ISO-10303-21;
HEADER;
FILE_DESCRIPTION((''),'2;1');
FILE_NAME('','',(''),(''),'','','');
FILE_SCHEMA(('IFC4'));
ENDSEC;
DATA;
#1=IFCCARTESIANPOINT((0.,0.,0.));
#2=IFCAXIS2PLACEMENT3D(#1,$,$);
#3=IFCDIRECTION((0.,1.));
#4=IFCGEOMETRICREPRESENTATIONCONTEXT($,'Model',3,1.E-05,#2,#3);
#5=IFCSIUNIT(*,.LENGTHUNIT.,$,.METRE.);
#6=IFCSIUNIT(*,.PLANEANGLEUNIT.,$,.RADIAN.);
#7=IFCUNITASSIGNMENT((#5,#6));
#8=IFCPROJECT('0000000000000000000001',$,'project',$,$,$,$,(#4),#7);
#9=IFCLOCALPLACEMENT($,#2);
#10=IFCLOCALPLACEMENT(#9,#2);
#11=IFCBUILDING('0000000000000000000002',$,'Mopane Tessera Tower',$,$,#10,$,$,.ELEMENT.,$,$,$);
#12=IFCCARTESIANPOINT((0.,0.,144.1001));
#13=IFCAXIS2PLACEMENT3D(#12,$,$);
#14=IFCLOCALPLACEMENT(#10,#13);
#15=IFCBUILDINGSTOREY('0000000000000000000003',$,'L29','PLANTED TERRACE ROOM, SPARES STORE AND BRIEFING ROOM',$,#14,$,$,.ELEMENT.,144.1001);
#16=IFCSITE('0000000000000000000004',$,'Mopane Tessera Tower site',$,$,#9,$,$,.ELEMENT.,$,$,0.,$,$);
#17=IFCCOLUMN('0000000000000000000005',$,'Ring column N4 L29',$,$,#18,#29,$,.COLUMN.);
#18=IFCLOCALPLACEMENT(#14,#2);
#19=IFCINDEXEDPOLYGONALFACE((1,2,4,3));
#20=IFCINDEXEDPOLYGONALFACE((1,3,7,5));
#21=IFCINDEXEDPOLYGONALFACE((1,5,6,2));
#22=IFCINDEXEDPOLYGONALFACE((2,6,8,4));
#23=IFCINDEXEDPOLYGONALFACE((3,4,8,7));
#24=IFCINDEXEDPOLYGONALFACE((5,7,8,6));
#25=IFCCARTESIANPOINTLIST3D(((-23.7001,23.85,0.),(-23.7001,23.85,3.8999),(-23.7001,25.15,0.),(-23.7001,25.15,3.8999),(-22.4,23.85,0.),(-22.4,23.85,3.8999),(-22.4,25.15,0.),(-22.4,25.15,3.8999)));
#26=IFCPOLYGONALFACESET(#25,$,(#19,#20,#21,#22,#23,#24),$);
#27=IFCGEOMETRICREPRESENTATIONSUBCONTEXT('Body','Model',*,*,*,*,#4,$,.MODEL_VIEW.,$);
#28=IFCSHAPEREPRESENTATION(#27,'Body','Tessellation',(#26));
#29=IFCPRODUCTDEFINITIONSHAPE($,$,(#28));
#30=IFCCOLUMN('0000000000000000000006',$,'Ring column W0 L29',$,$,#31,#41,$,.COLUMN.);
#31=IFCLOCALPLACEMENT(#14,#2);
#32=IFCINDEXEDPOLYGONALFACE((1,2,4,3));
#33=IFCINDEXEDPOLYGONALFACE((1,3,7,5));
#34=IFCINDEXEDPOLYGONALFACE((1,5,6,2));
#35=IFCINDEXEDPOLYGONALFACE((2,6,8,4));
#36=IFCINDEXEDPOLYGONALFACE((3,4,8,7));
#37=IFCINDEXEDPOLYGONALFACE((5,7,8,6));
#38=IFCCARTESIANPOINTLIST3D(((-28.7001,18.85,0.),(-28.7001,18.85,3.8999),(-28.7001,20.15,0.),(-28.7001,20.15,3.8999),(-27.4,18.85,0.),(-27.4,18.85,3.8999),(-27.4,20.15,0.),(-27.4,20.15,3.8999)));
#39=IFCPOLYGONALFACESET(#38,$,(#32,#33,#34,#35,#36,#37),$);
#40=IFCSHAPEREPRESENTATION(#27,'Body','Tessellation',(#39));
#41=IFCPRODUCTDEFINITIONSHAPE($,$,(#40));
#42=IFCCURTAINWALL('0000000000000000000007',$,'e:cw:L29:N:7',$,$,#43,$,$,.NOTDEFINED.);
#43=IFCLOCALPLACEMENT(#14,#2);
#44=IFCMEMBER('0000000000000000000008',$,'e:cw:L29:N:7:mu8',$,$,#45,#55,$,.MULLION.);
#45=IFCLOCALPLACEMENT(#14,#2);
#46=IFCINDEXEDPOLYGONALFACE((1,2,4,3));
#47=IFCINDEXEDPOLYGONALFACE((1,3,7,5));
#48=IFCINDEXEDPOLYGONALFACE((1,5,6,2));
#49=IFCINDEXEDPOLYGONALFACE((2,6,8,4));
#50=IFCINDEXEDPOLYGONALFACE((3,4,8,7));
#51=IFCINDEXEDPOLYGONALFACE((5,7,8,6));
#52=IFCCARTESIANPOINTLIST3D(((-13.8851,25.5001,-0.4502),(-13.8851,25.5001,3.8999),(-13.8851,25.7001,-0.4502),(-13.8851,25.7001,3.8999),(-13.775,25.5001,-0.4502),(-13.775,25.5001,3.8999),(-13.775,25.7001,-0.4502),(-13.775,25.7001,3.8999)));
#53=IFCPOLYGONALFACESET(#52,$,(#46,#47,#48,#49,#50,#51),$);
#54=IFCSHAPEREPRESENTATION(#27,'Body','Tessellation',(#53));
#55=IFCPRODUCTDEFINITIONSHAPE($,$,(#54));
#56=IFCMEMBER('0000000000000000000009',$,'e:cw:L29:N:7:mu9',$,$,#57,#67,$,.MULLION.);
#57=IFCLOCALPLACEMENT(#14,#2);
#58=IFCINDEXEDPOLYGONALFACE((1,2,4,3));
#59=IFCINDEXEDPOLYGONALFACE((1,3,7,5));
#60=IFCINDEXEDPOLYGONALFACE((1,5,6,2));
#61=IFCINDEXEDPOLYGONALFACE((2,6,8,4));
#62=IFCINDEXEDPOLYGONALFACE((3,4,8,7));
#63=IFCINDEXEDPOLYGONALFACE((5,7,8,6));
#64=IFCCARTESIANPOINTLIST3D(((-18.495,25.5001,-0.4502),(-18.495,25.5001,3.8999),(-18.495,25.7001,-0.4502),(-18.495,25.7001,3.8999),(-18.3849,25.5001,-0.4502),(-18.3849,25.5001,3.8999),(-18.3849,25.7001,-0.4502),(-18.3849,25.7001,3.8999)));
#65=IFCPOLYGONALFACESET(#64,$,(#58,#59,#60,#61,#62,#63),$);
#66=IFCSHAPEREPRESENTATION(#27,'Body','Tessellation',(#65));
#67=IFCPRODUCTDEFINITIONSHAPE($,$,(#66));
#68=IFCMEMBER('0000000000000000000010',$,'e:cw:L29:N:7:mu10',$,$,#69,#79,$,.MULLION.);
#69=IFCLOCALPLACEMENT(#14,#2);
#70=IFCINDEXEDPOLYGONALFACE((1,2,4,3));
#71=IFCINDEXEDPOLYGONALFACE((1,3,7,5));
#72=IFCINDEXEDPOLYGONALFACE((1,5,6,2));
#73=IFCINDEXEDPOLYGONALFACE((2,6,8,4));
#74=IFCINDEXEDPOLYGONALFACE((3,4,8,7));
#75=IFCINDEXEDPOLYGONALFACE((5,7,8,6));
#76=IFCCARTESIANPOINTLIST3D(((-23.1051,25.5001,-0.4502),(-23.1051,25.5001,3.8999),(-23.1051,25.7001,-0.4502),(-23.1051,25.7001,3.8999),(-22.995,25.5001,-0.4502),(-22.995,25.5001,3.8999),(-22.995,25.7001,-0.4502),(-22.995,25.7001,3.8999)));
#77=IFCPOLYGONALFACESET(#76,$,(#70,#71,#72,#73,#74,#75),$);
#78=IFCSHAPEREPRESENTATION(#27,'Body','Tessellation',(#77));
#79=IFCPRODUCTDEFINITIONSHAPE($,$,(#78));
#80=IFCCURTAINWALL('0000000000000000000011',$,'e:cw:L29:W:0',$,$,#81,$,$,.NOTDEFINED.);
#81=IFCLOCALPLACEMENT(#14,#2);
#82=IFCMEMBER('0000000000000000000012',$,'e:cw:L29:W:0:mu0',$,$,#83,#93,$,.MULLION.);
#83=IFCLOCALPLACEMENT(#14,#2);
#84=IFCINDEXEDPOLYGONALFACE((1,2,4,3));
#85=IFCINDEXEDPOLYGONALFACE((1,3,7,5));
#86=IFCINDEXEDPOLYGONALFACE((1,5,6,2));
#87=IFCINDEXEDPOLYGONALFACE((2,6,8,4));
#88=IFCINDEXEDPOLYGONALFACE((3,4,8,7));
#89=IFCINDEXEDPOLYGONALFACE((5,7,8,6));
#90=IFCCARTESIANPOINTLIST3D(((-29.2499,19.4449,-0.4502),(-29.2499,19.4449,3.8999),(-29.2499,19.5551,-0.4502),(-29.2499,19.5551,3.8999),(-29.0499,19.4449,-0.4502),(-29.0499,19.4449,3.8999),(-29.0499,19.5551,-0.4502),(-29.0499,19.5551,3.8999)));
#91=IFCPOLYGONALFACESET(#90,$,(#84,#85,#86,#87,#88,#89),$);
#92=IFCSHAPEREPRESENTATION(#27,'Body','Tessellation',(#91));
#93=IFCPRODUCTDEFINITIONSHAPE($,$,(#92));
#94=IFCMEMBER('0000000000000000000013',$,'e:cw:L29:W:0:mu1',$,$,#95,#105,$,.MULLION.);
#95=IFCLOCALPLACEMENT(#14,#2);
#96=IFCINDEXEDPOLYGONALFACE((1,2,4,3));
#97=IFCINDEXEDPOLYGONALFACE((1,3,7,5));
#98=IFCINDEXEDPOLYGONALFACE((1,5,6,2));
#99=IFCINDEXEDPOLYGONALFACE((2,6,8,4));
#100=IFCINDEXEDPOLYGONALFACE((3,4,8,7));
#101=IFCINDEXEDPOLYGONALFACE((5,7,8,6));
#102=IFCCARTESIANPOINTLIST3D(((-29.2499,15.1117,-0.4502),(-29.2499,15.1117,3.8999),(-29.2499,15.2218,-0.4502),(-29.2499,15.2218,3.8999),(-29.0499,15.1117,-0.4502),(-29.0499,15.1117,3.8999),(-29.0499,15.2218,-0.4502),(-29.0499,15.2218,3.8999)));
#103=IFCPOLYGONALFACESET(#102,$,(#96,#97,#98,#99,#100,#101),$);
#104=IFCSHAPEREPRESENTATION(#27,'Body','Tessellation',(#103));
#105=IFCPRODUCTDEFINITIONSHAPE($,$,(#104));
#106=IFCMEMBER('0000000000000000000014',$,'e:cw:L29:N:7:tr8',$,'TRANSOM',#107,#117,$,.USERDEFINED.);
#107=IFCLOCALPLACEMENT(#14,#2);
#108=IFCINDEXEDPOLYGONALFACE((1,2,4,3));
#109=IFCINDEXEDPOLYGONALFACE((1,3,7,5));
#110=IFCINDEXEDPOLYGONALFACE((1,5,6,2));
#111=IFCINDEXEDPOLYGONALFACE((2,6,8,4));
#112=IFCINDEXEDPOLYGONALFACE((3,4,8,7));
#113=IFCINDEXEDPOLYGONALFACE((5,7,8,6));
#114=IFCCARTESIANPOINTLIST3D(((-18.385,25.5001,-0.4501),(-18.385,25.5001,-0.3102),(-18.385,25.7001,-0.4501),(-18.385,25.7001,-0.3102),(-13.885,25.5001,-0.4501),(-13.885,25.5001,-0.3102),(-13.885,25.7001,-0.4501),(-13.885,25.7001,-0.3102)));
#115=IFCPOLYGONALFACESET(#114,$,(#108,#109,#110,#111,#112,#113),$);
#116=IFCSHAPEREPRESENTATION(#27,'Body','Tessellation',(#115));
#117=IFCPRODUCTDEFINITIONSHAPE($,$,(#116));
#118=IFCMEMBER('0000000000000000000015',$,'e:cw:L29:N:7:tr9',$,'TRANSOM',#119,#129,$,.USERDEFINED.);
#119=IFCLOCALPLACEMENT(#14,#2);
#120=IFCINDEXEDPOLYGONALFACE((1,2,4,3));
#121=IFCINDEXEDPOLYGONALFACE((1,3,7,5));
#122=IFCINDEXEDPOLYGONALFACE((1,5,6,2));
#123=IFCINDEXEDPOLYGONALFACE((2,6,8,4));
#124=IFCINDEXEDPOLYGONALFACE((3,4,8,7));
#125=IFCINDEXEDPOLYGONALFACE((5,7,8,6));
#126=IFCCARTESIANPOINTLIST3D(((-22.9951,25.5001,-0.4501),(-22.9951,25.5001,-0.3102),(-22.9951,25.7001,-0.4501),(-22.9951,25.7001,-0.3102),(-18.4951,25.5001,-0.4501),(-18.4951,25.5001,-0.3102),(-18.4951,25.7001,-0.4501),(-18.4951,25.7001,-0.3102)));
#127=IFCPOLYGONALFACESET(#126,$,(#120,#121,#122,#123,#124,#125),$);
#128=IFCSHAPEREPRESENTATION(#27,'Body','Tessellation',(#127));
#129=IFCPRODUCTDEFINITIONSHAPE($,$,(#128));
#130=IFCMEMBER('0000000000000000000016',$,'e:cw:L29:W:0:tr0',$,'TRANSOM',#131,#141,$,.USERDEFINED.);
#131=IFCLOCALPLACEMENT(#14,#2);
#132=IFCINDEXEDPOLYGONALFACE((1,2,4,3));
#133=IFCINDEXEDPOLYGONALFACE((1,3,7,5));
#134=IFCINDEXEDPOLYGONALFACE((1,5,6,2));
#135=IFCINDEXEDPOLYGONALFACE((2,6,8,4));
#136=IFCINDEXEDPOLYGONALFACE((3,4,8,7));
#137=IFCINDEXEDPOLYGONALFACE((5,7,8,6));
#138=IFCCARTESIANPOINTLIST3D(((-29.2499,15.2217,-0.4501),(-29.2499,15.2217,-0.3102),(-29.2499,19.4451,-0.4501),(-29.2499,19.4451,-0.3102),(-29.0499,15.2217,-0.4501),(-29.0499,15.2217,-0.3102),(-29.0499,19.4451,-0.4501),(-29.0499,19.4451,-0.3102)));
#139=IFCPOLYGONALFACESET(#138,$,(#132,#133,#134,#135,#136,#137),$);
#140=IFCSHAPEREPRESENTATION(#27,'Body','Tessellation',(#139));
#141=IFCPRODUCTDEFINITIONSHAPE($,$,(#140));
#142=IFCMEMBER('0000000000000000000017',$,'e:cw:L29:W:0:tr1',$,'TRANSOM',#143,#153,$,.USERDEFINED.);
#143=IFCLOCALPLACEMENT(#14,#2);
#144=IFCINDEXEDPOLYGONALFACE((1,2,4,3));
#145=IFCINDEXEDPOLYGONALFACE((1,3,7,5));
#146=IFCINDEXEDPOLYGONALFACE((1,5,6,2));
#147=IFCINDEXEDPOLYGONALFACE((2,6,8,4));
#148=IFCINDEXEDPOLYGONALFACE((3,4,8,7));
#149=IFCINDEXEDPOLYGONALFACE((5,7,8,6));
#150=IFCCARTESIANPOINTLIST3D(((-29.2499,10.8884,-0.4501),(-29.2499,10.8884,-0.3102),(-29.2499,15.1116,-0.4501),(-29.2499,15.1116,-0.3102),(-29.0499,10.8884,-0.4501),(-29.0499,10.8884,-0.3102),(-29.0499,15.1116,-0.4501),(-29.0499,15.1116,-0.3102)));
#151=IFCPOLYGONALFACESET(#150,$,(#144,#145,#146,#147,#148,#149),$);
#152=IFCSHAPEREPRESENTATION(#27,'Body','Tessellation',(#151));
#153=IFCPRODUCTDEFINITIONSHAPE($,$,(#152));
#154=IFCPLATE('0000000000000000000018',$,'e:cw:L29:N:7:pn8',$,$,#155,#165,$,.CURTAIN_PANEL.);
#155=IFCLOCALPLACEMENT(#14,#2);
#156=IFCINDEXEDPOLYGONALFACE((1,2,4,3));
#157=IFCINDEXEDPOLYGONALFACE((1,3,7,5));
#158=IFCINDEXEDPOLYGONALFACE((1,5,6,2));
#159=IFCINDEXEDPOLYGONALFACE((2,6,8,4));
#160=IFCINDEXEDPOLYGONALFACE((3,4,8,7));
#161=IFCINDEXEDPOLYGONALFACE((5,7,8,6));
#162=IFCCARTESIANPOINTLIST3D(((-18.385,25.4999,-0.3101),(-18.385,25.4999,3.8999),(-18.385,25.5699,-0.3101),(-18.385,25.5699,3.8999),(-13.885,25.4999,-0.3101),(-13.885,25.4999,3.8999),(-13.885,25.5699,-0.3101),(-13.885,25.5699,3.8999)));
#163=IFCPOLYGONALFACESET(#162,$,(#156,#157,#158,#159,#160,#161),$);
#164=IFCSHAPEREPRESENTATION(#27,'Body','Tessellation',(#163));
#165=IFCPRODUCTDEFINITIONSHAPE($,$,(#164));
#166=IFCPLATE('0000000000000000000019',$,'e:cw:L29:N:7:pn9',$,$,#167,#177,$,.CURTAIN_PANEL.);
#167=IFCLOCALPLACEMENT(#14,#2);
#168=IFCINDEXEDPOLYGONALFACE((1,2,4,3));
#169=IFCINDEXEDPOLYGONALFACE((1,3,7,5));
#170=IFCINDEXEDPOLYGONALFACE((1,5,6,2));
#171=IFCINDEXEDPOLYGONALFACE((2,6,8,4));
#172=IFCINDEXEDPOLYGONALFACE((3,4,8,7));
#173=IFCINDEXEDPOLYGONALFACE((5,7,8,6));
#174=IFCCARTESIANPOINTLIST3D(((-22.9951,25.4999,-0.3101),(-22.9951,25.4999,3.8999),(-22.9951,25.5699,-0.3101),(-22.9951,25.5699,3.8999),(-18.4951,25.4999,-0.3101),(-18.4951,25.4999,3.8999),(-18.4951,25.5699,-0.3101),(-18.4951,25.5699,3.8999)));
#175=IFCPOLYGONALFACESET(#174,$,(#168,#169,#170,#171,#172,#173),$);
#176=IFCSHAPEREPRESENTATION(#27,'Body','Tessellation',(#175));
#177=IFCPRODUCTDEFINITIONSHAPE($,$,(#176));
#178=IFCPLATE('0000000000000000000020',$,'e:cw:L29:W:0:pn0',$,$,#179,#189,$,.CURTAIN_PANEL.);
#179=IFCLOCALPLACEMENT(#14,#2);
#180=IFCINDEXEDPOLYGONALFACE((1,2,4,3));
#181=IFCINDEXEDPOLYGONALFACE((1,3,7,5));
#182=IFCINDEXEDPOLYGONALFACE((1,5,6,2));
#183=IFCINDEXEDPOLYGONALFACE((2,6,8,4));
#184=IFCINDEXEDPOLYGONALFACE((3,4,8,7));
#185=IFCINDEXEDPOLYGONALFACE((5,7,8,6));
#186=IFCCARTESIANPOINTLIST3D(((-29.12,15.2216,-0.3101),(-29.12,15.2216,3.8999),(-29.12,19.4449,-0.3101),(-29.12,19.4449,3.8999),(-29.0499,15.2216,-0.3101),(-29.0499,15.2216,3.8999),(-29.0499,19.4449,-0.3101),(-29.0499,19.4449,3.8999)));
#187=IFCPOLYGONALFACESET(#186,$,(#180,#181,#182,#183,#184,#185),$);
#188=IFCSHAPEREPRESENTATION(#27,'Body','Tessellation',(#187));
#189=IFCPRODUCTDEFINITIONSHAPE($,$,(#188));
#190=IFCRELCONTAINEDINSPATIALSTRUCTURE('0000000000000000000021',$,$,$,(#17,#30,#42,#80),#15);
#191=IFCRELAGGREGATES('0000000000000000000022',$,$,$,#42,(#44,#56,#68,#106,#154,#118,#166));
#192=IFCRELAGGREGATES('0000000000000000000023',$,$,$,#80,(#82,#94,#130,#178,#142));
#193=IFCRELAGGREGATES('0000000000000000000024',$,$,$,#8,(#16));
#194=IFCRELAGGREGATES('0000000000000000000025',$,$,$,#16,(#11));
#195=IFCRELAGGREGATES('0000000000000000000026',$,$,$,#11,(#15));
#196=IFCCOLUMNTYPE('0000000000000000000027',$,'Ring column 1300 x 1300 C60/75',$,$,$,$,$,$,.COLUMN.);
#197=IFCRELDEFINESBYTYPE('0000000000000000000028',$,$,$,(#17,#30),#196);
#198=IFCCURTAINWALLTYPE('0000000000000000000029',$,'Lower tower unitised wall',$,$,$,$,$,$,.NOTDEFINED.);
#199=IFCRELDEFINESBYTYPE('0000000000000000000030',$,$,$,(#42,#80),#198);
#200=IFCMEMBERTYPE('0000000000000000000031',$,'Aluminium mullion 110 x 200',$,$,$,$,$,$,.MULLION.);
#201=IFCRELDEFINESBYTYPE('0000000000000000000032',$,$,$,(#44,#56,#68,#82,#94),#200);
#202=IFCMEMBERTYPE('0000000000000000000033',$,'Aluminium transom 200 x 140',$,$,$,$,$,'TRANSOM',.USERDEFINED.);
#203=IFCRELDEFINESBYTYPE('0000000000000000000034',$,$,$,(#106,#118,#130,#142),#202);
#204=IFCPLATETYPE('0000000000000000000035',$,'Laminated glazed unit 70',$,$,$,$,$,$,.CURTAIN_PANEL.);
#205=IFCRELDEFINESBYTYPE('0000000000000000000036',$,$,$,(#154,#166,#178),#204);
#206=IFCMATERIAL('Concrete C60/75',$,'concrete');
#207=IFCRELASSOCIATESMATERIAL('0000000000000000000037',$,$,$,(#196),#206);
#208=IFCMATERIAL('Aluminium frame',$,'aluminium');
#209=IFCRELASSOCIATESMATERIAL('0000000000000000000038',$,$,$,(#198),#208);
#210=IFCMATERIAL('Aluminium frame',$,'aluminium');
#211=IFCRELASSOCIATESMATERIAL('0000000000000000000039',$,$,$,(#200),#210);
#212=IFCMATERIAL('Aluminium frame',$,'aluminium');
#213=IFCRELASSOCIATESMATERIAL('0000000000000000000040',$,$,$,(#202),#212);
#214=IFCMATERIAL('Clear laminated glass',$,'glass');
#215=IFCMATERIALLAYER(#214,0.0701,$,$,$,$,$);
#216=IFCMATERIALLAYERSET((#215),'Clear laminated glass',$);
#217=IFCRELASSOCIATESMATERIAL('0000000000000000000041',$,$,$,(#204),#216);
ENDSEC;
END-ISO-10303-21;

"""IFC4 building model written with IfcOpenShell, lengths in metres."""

from ifc_helpers import new_model, si_unit, direction, frame, origin, origin_2d, place, context, subcontext, project, spatial, rectangle, extrude, material, layer, layer_set, material_profile, profile_set, type_object, element, aggregate, save


model = new_model("IFC4")

# Units and contexts
model_context = context("Model", 3, precision=1e-05, world=origin(), true_north=direction((0.0, 1.0)))
body_context = subcontext(model_context, "Body", "Model", "MODEL_VIEW")
ifc_project = project(units=[si_unit("LENGTHUNIT", "METRE"), si_unit("PLANEANGLEUNIT", "RADIAN")], contexts=[model_context])

# Site, building, storey
site_placement = place(None, origin())
site = spatial("IfcSite", under=ifc_project, at=site_placement, Name="Mopane Tessera Tower site", CompositionType="ELEMENT", RefElevation=0.0)
building_placement = place(site_placement, origin())
building = spatial("IfcBuilding", under=site, at=building_placement, Name="Mopane Tessera Tower", CompositionType="ELEMENT")
storey_placement = place(building_placement, frame((0.0, 0.0, 144.1001)))
storey = spatial("IfcBuildingStorey", under=building, at=storey_placement, Name="L29", Description="PLANTED TERRACE ROOM, SPARES STORE AND BRIEFING ROOM", CompositionType="ELEMENT", Elevation=144.1001)

# Columns
ifc_material_1 = material(Name="Concrete C60/75", Category="concrete")
ifc_material_profile_1 = material_profile(ifc_material_1, rectangle(XDim=1.3, YDim=1.3, at=origin_2d()))
ifc_profile_set_1 = profile_set([ifc_material_profile_1], Name="Concrete C60/75")
column_type = type_object("IfcColumnType", Name="Ring column 1300 x 1300 C60/75", PredefinedType="COLUMN", material=ifc_profile_set_1)
for number, where, z_axis, x_axis, name in (
    (1, (-23.05, 24.5, 0.0), (0.0, 0.0, 1.0), (1.0, 0.0, 0.0), "Ring column N4 L29"),
    (2, (-28.05, 19.5, 0.0), (0.0, 0.0, 1.0), (1.0, 0.0, 0.0), "Ring column W0 L29"),
):
    element("IfcColumn", number, at=place(storey_placement, frame(where, z_axis=z_axis, x_axis=x_axis)), inside=storey, type_object=column_type, Name=name, PredefinedType="COLUMN", context=body_context, shape_type="SweptSolid", body=[
        extrude(rectangle(XDim=1.3, YDim=1.3, at=origin_2d()), origin(), (0.0, 0.0, 1.0), 3.8999),
    ])

# Curtain walls, members
ifc_material_2 = material(Name="Aluminium frame", Category="aluminium")
curtain_wall_type = type_object("IfcCurtainWallType", Name="Lower tower unitised wall", PredefinedType="NOTDEFINED", material=ifc_material_2)
curtain_wall_1_placement = place(storey_placement, origin())
curtain_wall_1 = element("IfcCurtainWall", 3, at=curtain_wall_1_placement, inside=storey, type_object=curtain_wall_type, Name="e:cw:L29:N:7", PredefinedType="NOTDEFINED")
ifc_material_3 = material(Name="Aluminium frame", Category="aluminium")
ifc_material_profile_2 = material_profile(ifc_material_3, rectangle(XDim=0.1101, YDim=0.2, at=origin_2d()))
ifc_profile_set_2 = profile_set([ifc_material_profile_2], Name="Aluminium frame")
member_type_1 = type_object("IfcMemberType", Name="Aluminium mullion 110 x 200", PredefinedType="MULLION", material=ifc_profile_set_2)
member_1_placement = place(storey_placement, frame((-13.8301, 25.6001, -0.4502), z_axis=(0.0, 0.0, 1.0), x_axis=(-1.0, 0.0, 0.0)))
member_1 = element("IfcMember", 4, at=member_1_placement, type_object=member_type_1, Name="e:cw:L29:N:7:mu8", PredefinedType="MULLION", context=body_context, shape_type="SweptSolid", body=[
    extrude(rectangle(XDim=0.1101, YDim=0.2, at=origin_2d()), origin(), (0.0, 0.0, 1.0), 4.3501),
])
member_2_placement = place(storey_placement, frame((-18.4399, 25.6001, -0.4502), z_axis=(0.0, 0.0, 1.0), x_axis=(-1.0, 0.0, 0.0)))
member_2 = element("IfcMember", 5, at=member_2_placement, type_object=member_type_1, Name="e:cw:L29:N:7:mu9", PredefinedType="MULLION", context=body_context, shape_type="SweptSolid", body=[
    extrude(rectangle(XDim=0.1101, YDim=0.2, at=origin_2d()), origin(), (0.0, 0.0, 1.0), 4.3501),
])
member_3_placement = place(storey_placement, frame((-23.05, 25.6001, -0.4502), z_axis=(0.0, 0.0, 1.0), x_axis=(-1.0, 0.0, 0.0)))
member_3 = element("IfcMember", 6, at=member_3_placement, type_object=member_type_1, Name="e:cw:L29:N:7:mu10", PredefinedType="MULLION", context=body_context, shape_type="SweptSolid", body=[
    extrude(rectangle(XDim=0.1101, YDim=0.2, at=origin_2d()), origin(), (0.0, 0.0, 1.0), 4.3501),
])
curtain_wall_2_placement = place(storey_placement, origin())
curtain_wall_2 = element("IfcCurtainWall", 7, at=curtain_wall_2_placement, inside=storey, type_object=curtain_wall_type, Name="e:cw:L29:W:0", PredefinedType="NOTDEFINED")
member_4_placement = place(storey_placement, frame((-29.1499, 19.5, -0.4502), z_axis=(0.0, 0.0, 1.0), x_axis=(0.0, -1.0, 0.0)))
member_4 = element("IfcMember", 8, at=member_4_placement, type_object=member_type_1, Name="e:cw:L29:W:0:mu0", PredefinedType="MULLION", context=body_context, shape_type="SweptSolid", body=[
    extrude(rectangle(XDim=0.1101, YDim=0.2, at=origin_2d()), origin(), (0.0, 0.0, 1.0), 4.3501),
])
member_5_placement = place(storey_placement, frame((-29.1499, 15.1667, -0.4502), z_axis=(0.0, 0.0, 1.0), x_axis=(0.0, -1.0, 0.0)))
member_5 = element("IfcMember", 9, at=member_5_placement, type_object=member_type_1, Name="e:cw:L29:W:0:mu1", PredefinedType="MULLION", context=body_context, shape_type="SweptSolid", body=[
    extrude(rectangle(XDim=0.1101, YDim=0.2, at=origin_2d()), origin(), (0.0, 0.0, 1.0), 4.3501),
])

# Members
ifc_material_4 = material(Name="Aluminium frame", Category="aluminium")
ifc_material_profile_3 = material_profile(ifc_material_4, rectangle(XDim=0.2, YDim=0.1399, at=origin_2d()))
ifc_profile_set_3 = profile_set([ifc_material_profile_3], Name="Aluminium frame")
member_type_2 = type_object("IfcMemberType", Name="Aluminium transom 200 x 140", ElementType="TRANSOM", PredefinedType="USERDEFINED", material=ifc_profile_set_3)
member_6_placement = place(storey_placement, frame((-13.885, 25.6001, -0.3801), z_axis=(-1.0, 0.0, 0.0), x_axis=(0.0, -1.0, 0.0)))
member_6 = element("IfcMember", 10, at=member_6_placement, type_object=member_type_2, Name="e:cw:L29:N:7:tr8", ObjectType="TRANSOM", PredefinedType="USERDEFINED", context=body_context, shape_type="SweptSolid", body=[
    extrude(rectangle(XDim=0.2, YDim=0.1399, at=origin_2d()), origin(), (0.0, 0.0, 1.0), 4.5),
])
member_7_placement = place(storey_placement, frame((-18.4951, 25.6001, -0.3801), z_axis=(-1.0, 0.0, 0.0), x_axis=(0.0, -1.0, 0.0)))
member_7 = element("IfcMember", 11, at=member_7_placement, type_object=member_type_2, Name="e:cw:L29:N:7:tr9", ObjectType="TRANSOM", PredefinedType="USERDEFINED", context=body_context, shape_type="SweptSolid", body=[
    extrude(rectangle(XDim=0.2, YDim=0.1399, at=origin_2d()), origin(), (0.0, 0.0, 1.0), 4.5),
])
member_8_placement = place(storey_placement, frame((-29.1499, 19.4451, -0.3801), z_axis=(0.0, -1.0, 0.0), x_axis=(1.0, 0.0, 0.0)))
member_8 = element("IfcMember", 12, at=member_8_placement, type_object=member_type_2, Name="e:cw:L29:W:0:tr0", ObjectType="TRANSOM", PredefinedType="USERDEFINED", context=body_context, shape_type="SweptSolid", body=[
    extrude(rectangle(XDim=0.2, YDim=0.1399, at=origin_2d()), origin(), (0.0, 0.0, 1.0), 4.2234),
])
member_9_placement = place(storey_placement, frame((-29.1499, 15.1116, -0.3801), z_axis=(0.0, -1.0, 0.0), x_axis=(1.0, 0.0, 0.0)))
member_9 = element("IfcMember", 13, at=member_9_placement, type_object=member_type_2, Name="e:cw:L29:W:0:tr1", ObjectType="TRANSOM", PredefinedType="USERDEFINED", context=body_context, shape_type="SweptSolid", body=[
    extrude(rectangle(XDim=0.2, YDim=0.1399, at=origin_2d()), origin(), (0.0, 0.0, 1.0), 4.2231),
])

# Plates
ifc_material_5 = material(Name="Clear laminated glass", Category="glass")
ifc_layer_1 = layer(ifc_material_5, 0.0701)
ifc_layer_set_1 = layer_set([ifc_layer_1], Name="Clear laminated glass")
plate_type = type_object("IfcPlateType", Name="Laminated glazed unit 70", PredefinedType="CURTAIN_PANEL", material=ifc_layer_set_1)
plate_1_placement = place(storey_placement, frame((-16.135, 25.5349, -0.3101), z_axis=(0.0, 0.0, 1.0), x_axis=(-1.0, 0.0, 0.0)))
plate_1 = element("IfcPlate", 14, at=plate_1_placement, type_object=plate_type, Name="e:cw:L29:N:7:pn8", PredefinedType="CURTAIN_PANEL", context=body_context, shape_type="SweptSolid", body=[
    extrude(rectangle(XDim=4.5, YDim=0.0701, at=origin_2d()), origin(), (0.0, 0.0, 1.0), 4.21),
])
plate_2_placement = place(storey_placement, frame((-20.7451, 25.5349, -0.3101), z_axis=(0.0, 0.0, 1.0), x_axis=(-1.0, 0.0, 0.0)))
plate_2 = element("IfcPlate", 15, at=plate_2_placement, type_object=plate_type, Name="e:cw:L29:N:7:pn9", PredefinedType="CURTAIN_PANEL", context=body_context, shape_type="SweptSolid", body=[
    extrude(rectangle(XDim=4.5, YDim=0.0701, at=origin_2d()), origin(), (0.0, 0.0, 1.0), 4.21),
])
aggregate(curtain_wall_1, [member_1, member_2, member_3, member_6, plate_1, member_7, plate_2])
plate_3_placement = place(storey_placement, frame((-29.085, 17.3333, -0.3101), z_axis=(0.0, 0.0, 1.0), x_axis=(0.0, -1.0, 0.0)))
plate_3 = element("IfcPlate", 16, at=plate_3_placement, type_object=plate_type, Name="e:cw:L29:W:0:pn0", PredefinedType="CURTAIN_PANEL", context=body_context, shape_type="SweptSolid", body=[
    extrude(rectangle(XDim=4.2234, YDim=0.0701, at=origin_2d()), origin(), (0.0, 0.0, 1.0), 4.21),
])
aggregate(curtain_wall_2, [member_4, member_5, member_8, plate_3, member_9])

save(model, "model.ifc")
